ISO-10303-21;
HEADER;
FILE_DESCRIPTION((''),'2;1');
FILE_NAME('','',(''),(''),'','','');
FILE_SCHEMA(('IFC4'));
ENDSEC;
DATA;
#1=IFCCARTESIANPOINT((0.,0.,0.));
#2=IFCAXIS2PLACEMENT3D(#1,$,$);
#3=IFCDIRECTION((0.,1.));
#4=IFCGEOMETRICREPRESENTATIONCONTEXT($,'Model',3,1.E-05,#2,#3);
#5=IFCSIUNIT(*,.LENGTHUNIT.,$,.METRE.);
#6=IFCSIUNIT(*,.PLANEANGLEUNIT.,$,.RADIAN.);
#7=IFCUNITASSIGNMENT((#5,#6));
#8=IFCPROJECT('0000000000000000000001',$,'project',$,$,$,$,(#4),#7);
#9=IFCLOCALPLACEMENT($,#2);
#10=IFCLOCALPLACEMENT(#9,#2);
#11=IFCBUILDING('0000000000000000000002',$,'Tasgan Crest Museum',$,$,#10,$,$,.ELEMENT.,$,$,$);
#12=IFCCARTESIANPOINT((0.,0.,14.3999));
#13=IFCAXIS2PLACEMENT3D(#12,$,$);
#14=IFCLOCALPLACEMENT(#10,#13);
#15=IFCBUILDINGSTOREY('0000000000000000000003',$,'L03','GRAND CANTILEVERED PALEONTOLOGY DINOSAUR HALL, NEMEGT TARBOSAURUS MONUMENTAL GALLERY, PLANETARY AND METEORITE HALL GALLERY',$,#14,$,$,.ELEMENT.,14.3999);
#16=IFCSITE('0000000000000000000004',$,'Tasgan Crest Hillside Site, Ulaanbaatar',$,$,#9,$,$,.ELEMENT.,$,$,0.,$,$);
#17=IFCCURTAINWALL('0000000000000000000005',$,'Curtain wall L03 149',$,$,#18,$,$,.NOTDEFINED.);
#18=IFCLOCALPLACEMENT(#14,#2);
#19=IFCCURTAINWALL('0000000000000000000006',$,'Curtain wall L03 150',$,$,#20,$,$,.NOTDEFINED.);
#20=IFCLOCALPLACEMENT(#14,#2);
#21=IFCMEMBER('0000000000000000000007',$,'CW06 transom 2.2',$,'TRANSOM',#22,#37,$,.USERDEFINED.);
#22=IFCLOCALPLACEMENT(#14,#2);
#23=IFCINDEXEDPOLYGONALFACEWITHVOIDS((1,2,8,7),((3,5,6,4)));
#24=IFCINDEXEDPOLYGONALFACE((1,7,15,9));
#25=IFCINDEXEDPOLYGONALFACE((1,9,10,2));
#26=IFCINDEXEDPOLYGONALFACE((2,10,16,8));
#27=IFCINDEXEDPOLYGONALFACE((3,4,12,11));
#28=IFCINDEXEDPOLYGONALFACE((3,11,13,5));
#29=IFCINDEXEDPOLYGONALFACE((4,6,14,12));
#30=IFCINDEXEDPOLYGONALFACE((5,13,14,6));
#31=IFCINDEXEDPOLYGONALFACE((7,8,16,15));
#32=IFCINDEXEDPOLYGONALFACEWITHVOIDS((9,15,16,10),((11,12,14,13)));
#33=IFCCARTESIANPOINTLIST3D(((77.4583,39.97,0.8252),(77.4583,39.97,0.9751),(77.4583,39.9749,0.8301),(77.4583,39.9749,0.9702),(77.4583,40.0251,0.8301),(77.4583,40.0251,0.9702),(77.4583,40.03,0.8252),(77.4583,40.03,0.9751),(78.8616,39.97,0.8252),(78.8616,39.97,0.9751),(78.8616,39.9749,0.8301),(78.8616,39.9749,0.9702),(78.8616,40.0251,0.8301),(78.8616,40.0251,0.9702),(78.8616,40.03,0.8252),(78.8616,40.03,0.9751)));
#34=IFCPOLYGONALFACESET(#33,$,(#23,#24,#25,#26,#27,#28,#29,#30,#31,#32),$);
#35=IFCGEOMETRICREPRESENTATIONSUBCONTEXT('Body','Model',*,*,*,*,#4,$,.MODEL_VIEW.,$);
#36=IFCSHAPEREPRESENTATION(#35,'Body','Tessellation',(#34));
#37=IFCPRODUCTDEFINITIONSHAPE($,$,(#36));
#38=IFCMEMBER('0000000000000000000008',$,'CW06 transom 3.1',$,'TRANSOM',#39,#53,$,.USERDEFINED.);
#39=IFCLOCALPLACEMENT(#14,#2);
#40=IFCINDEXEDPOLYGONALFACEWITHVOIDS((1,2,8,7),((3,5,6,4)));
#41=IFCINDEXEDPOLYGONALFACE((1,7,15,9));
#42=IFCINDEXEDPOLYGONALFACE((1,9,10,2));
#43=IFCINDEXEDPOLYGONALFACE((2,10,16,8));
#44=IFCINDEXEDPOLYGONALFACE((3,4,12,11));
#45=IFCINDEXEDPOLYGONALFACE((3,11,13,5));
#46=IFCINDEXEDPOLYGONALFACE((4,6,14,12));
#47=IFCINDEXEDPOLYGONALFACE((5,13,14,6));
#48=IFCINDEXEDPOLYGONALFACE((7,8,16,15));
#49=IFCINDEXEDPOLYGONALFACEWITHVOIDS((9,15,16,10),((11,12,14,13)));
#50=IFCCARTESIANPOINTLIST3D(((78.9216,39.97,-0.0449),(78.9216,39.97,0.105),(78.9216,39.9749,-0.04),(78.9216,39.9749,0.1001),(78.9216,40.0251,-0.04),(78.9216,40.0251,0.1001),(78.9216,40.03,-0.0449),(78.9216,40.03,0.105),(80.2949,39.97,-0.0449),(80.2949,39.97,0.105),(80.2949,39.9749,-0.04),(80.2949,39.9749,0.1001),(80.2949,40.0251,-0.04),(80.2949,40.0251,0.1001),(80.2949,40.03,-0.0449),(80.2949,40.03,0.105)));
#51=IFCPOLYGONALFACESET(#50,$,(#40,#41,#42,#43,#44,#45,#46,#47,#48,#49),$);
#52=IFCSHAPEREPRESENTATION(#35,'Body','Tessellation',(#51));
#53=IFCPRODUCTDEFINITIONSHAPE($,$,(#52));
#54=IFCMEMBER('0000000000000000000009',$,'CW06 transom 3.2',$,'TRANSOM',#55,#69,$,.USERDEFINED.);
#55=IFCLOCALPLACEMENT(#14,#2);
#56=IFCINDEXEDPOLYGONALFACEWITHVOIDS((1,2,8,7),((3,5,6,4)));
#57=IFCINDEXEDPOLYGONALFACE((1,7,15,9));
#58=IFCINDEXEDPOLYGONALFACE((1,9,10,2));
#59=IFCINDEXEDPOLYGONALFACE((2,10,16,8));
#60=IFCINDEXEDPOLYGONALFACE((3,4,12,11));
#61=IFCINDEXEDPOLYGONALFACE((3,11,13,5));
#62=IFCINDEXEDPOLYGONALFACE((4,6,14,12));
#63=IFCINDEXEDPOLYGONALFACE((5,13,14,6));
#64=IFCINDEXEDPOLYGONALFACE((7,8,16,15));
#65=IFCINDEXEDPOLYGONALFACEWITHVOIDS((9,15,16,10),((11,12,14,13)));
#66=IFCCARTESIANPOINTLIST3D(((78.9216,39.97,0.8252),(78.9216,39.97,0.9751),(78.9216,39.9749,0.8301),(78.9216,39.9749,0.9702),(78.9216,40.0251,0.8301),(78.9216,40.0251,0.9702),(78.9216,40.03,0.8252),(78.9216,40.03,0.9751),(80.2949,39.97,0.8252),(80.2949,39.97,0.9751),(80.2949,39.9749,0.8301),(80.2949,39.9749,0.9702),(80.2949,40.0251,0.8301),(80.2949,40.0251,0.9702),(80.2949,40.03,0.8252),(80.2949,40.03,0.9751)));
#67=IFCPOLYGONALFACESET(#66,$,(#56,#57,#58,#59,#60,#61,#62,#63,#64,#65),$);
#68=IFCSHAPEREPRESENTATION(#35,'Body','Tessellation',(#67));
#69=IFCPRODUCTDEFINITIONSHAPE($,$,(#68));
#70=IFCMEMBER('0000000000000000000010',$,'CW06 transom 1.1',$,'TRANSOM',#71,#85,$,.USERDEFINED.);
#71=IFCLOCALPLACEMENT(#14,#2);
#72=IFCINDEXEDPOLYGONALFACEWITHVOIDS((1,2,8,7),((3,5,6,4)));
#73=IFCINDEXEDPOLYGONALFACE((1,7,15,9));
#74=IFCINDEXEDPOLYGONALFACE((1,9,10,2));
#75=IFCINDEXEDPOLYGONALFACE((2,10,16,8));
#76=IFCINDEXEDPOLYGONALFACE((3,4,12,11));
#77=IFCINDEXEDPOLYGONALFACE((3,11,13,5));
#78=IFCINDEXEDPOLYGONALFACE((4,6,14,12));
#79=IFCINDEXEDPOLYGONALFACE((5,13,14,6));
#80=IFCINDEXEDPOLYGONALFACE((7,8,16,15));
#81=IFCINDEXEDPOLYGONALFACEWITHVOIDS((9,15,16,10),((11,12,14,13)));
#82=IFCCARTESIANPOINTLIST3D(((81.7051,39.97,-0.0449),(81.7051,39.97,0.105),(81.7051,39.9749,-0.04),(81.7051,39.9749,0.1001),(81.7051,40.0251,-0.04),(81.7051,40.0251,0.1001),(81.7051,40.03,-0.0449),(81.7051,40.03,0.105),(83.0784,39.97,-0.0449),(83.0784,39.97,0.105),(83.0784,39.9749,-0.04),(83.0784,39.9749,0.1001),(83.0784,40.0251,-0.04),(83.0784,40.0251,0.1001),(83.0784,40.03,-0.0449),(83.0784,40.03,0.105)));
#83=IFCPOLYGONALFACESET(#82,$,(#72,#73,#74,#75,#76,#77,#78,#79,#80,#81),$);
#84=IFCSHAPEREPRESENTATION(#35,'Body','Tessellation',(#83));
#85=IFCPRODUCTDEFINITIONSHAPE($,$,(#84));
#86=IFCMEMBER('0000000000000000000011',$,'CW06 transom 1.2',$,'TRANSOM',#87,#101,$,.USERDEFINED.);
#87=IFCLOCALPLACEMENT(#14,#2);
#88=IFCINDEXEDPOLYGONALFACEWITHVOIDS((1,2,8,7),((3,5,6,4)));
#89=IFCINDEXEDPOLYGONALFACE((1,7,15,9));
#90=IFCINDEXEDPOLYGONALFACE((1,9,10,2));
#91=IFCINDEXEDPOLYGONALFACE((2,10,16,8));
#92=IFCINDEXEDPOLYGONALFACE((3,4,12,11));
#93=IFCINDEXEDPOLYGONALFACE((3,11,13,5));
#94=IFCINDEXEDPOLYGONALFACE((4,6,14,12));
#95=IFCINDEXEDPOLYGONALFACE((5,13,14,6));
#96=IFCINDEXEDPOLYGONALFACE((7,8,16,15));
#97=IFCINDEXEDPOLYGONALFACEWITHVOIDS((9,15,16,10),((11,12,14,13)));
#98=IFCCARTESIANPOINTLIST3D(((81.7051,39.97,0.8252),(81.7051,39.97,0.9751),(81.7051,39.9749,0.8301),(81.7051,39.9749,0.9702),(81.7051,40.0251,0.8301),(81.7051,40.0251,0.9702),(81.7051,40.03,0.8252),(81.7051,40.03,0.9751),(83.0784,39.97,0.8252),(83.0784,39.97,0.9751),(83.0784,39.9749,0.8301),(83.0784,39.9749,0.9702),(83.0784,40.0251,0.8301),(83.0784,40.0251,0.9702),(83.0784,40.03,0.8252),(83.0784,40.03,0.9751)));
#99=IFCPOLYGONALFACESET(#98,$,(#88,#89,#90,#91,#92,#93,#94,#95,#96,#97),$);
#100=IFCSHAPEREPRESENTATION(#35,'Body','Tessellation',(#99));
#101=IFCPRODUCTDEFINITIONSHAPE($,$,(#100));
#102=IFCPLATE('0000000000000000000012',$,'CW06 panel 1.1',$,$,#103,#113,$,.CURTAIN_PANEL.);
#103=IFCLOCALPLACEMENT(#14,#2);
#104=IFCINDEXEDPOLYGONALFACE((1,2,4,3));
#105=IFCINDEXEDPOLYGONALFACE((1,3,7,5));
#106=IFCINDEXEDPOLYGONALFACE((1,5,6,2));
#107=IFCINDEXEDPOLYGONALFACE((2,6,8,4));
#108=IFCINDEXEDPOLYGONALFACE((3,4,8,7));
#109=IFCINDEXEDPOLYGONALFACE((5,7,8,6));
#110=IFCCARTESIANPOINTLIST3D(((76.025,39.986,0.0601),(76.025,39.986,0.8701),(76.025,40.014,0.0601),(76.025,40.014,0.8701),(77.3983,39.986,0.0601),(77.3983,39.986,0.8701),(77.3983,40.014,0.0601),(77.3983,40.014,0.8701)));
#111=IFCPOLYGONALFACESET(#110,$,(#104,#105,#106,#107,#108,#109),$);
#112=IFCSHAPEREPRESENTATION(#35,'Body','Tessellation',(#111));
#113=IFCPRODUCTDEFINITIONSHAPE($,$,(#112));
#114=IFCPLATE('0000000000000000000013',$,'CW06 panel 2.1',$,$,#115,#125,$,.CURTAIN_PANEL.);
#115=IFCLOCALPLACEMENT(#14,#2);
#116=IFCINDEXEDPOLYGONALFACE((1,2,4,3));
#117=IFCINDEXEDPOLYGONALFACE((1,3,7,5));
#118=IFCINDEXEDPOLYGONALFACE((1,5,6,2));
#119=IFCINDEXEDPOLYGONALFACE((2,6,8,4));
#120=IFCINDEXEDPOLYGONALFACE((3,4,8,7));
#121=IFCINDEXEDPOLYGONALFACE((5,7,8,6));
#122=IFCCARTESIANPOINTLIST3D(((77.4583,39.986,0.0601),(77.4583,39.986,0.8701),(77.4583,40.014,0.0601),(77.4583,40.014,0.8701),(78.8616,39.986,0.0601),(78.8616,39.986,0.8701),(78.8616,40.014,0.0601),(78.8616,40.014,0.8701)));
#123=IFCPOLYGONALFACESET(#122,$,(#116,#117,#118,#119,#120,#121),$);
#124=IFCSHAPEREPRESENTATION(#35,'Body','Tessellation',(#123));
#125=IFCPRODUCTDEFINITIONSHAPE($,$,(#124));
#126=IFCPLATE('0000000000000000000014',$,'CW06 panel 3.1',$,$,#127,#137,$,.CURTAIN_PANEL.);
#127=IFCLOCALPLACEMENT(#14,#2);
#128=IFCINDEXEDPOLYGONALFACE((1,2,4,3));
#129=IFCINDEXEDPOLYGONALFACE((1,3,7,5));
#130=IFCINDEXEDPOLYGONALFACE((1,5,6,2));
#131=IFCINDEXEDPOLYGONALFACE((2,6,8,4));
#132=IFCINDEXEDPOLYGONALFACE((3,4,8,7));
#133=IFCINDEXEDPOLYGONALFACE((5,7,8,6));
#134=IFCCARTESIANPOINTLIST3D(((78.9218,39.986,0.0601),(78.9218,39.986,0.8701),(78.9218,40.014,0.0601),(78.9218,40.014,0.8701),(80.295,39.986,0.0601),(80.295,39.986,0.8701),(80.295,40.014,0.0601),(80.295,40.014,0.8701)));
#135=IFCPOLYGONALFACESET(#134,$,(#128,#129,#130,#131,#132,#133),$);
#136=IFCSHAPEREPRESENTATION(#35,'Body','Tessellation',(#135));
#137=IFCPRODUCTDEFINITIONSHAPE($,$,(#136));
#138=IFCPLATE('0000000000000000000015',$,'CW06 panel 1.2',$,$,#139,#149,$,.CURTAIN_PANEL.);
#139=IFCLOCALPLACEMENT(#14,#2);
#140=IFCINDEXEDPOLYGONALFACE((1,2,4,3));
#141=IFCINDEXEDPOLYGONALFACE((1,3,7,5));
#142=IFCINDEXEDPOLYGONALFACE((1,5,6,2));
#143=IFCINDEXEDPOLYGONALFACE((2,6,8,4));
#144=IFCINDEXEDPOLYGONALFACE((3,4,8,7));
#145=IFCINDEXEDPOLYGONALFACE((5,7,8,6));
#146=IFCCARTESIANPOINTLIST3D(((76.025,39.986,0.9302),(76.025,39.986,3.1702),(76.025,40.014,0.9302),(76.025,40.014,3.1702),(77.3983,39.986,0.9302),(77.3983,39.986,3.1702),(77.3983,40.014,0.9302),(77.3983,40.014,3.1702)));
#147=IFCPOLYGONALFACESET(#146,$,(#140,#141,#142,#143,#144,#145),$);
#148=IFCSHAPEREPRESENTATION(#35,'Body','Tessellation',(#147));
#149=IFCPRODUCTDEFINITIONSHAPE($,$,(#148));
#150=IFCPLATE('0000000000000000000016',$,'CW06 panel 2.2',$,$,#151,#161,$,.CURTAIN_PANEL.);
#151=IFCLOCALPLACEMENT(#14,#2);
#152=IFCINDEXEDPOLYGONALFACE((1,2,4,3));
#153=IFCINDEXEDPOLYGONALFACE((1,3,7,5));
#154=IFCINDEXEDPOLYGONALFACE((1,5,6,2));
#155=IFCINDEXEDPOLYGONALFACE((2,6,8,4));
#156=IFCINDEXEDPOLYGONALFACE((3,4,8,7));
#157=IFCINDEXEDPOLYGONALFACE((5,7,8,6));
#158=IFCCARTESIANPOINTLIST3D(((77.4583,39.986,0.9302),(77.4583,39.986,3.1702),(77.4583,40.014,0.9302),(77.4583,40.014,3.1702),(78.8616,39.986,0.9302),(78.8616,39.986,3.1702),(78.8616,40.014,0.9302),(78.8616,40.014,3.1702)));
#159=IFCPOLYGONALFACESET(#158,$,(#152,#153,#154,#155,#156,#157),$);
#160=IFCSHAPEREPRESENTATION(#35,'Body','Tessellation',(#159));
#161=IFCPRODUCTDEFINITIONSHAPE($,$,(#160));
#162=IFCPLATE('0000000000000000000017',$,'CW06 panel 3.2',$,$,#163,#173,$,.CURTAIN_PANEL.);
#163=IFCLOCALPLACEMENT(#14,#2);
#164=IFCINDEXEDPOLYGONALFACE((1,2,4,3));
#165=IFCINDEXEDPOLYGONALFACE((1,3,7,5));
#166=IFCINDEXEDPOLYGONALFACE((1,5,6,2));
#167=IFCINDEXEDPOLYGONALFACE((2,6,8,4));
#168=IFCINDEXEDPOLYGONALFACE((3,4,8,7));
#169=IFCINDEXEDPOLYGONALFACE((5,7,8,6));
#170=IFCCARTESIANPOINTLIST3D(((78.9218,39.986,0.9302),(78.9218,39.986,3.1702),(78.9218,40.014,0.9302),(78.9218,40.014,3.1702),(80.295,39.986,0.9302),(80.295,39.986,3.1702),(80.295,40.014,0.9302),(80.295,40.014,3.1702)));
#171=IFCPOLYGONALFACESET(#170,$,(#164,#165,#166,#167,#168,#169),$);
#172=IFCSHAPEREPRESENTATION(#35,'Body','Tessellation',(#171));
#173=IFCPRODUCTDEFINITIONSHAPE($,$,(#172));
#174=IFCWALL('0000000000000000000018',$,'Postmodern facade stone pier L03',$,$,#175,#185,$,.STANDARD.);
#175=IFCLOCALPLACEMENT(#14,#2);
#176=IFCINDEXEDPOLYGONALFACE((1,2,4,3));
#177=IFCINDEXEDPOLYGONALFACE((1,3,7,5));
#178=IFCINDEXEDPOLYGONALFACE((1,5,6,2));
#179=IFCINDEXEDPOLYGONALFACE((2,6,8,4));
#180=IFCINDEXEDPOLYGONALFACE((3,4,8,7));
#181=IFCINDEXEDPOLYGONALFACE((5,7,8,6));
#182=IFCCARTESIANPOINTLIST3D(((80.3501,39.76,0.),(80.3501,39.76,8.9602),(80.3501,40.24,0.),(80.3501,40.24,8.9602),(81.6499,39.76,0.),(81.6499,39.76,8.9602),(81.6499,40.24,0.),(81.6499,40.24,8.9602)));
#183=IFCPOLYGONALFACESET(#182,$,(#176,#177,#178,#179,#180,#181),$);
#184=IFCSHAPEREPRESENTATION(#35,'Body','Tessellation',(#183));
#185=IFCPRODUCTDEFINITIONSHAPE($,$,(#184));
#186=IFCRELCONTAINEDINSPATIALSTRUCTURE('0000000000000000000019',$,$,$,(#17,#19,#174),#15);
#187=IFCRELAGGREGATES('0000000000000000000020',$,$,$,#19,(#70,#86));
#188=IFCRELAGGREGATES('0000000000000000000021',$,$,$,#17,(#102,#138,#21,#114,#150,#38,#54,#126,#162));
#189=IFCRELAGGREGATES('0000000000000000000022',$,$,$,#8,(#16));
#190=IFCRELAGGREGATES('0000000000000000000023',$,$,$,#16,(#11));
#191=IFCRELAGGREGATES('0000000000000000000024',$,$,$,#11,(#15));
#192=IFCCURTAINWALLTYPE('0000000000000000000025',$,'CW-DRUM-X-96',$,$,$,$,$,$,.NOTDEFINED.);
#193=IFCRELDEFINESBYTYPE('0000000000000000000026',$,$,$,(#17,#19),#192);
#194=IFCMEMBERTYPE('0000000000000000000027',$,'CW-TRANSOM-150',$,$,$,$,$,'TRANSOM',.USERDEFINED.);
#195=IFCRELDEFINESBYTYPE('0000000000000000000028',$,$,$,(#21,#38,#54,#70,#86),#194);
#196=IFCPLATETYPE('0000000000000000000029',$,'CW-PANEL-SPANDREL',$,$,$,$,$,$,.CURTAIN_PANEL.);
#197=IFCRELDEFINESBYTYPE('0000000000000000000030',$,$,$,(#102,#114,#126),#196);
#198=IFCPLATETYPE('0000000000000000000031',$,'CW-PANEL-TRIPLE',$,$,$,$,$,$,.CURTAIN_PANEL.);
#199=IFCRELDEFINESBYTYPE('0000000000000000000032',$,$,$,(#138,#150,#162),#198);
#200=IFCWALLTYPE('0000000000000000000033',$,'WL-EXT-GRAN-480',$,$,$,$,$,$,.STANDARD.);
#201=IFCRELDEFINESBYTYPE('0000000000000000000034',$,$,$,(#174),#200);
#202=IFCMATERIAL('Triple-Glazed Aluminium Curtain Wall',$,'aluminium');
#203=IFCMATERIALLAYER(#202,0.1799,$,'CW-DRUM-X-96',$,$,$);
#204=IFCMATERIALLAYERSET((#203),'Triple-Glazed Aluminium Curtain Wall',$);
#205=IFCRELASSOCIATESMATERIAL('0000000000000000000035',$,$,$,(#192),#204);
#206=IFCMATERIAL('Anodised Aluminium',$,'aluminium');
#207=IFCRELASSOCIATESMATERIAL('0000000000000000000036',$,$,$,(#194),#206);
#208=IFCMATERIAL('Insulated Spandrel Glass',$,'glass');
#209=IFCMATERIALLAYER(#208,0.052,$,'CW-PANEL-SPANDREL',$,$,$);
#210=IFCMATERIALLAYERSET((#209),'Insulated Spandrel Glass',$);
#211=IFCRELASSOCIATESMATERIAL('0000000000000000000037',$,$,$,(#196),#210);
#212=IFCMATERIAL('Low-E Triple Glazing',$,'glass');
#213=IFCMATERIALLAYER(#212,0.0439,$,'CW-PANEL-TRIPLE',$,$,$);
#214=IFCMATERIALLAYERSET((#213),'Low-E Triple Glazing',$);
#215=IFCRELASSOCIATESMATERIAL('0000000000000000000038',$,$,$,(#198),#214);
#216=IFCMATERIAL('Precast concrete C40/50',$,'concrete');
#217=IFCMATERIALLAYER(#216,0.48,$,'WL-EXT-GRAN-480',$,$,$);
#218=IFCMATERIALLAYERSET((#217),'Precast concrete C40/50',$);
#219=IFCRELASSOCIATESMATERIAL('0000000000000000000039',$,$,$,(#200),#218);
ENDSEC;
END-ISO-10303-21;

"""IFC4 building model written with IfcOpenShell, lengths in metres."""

from ifc_helpers import new_model, si_unit, direction, frame, frame_2d, origin, origin_2d, place, context, subcontext, project, spatial, rectangle, hollow_rectangle, extrude, material, layer, layer_set, material_profile, profile_set, type_object, element, aggregate, save


model = new_model("IFC4")

# Units and contexts
model_context = context("Model", 3, precision=1e-05, world=origin(), true_north=direction((0.0, 1.0)))
body_context = subcontext(model_context, "Body", "Model", "MODEL_VIEW")
ifc_project = project(units=[si_unit("LENGTHUNIT", "METRE"), si_unit("PLANEANGLEUNIT", "RADIAN")], contexts=[model_context])

# Site, building, storey
site_placement = place(None, origin())
site = spatial("IfcSite", under=ifc_project, at=site_placement, Name="Tasgan Crest Hillside Site, Ulaanbaatar", CompositionType="ELEMENT", RefElevation=0.0)
building_placement = place(site_placement, origin())
building = spatial("IfcBuilding", under=site, at=building_placement, Name="Tasgan Crest Museum", CompositionType="ELEMENT")
storey_placement = place(building_placement, frame((0.0, 0.0, 14.3999)))
storey = spatial("IfcBuildingStorey", under=building, at=storey_placement, Name="L03", Description="GRAND CANTILEVERED PALEONTOLOGY DINOSAUR HALL, NEMEGT TARBOSAURUS MONUMENTAL GALLERY, PLANETARY AND METEORITE HALL GALLERY", CompositionType="ELEMENT", Elevation=14.3999)

# Curtain wall
ifc_material_1 = material(Name="Triple-Glazed Aluminium Curtain Wall", Category="aluminium")
ifc_layer_1 = layer(ifc_material_1, 0.1799, Name="CW-DRUM-X-96")
ifc_layer_set_1 = layer_set([ifc_layer_1], Name="Triple-Glazed Aluminium Curtain Wall")
curtain_wall_type = type_object("IfcCurtainWallType", Name="CW-DRUM-X-96", PredefinedType="NOTDEFINED", material=ifc_layer_set_1)
curtain_wall_1_placement = place(storey_placement, origin())
curtain_wall_1 = element("IfcCurtainWall", 1, at=curtain_wall_1_placement, inside=storey, type_object=curtain_wall_type, Name="Curtain wall L03 149", PredefinedType="NOTDEFINED")

# Curtain wall
curtain_wall_2_placement = place(storey_placement, origin())
curtain_wall_2 = element("IfcCurtainWall", 2, at=curtain_wall_2_placement, inside=storey, type_object=curtain_wall_type, Name="Curtain wall L03 150", PredefinedType="NOTDEFINED")

# Members
ifc_material_2 = material(Name="Anodised Aluminium", Category="aluminium")
ifc_material_profile_1 = material_profile(ifc_material_2, hollow_rectangle(XDim=0.0601, YDim=0.1499, WallThickness=0.0049, at=origin_2d()), Name="ALU TRANSOM 150x60x5")
ifc_profile_set_1 = profile_set([ifc_material_profile_1], Name="Anodised Aluminium")
member_type_1 = type_object("IfcMemberType", Name="CW-TRANSOM-150", ElementType="TRANSOM", PredefinedType="USERDEFINED", material=ifc_profile_set_1)
member_1_placement = place(storey_placement, frame((77.4583, 40.0, 0.9001), z_axis=(1.0, 0.0, 0.0), x_axis=(0.0, 1.0, 0.0)))
member_1 = element("IfcMember", 3, at=member_1_placement, type_object=member_type_1, Name="CW06 transom 2.2", ObjectType="TRANSOM", PredefinedType="USERDEFINED", context=body_context, shape_type="SweptSolid", body=[
    extrude(hollow_rectangle(XDim=0.0601, YDim=0.1499, WallThickness=0.0049, at=origin_2d()), origin(), (0.0, 0.0, 1.0), 1.4033),
])
member_2_placement = place(storey_placement, frame((78.9216, 40.0, 0.03), z_axis=(1.0, 0.0, 0.0), x_axis=(0.0, 1.0, 0.0)))
member_2 = element("IfcMember", 4, at=member_2_placement, type_object=member_type_1, Name="CW06 transom 3.1", ObjectType="TRANSOM", PredefinedType="USERDEFINED", context=body_context, shape_type="SweptSolid", body=[
    extrude(hollow_rectangle(XDim=0.0601, YDim=0.1499, WallThickness=0.0049, at=origin_2d()), origin(), (0.0, 0.0, 1.0), 1.3733),
])
member_3_placement = place(storey_placement, frame((78.9216, 40.0, 0.9001), z_axis=(1.0, 0.0, 0.0), x_axis=(0.0, 1.0, 0.0)))
member_3 = element("IfcMember", 5, at=member_3_placement, type_object=member_type_1, Name="CW06 transom 3.2", ObjectType="TRANSOM", PredefinedType="USERDEFINED", context=body_context, shape_type="SweptSolid", body=[
    extrude(hollow_rectangle(XDim=0.0601, YDim=0.1499, WallThickness=0.0049, at=origin_2d()), origin(), (0.0, 0.0, 1.0), 1.3733),
])
member_4_placement = place(storey_placement, frame((81.7051, 40.0, 0.03), z_axis=(1.0, 0.0, 0.0), x_axis=(0.0, 1.0, 0.0)))
member_4 = element("IfcMember", 6, at=member_4_placement, type_object=member_type_1, Name="CW06 transom 1.1", ObjectType="TRANSOM", PredefinedType="USERDEFINED", context=body_context, shape_type="SweptSolid", body=[
    extrude(hollow_rectangle(XDim=0.0601, YDim=0.1499, WallThickness=0.0049, at=origin_2d()), origin(), (0.0, 0.0, 1.0), 1.3733),
])
member_5_placement = place(storey_placement, frame((81.7051, 40.0, 0.9001), z_axis=(1.0, 0.0, 0.0), x_axis=(0.0, 1.0, 0.0)))
member_5 = element("IfcMember", 7, at=member_5_placement, type_object=member_type_1, Name="CW06 transom 1.2", ObjectType="TRANSOM", PredefinedType="USERDEFINED", context=body_context, shape_type="SweptSolid", body=[
    extrude(hollow_rectangle(XDim=0.0601, YDim=0.1499, WallThickness=0.0049, at=origin_2d()), origin(), (0.0, 0.0, 1.0), 1.3733),
])
aggregate(curtain_wall_2, [member_4, member_5])

# Plates
ifc_material_3 = material(Name="Insulated Spandrel Glass", Category="glass")
ifc_layer_2 = layer(ifc_material_3, 0.052, Name="CW-PANEL-SPANDREL")
ifc_layer_set_2 = layer_set([ifc_layer_2], Name="Insulated Spandrel Glass")
plate_type_1 = type_object("IfcPlateType", Name="CW-PANEL-SPANDREL", PredefinedType="CURTAIN_PANEL", material=ifc_layer_set_2)
plate_1_placement = place(storey_placement, frame((76.7117, 40.0, 0.0601), z_axis=(0.0, 0.0, 1.0), x_axis=(1.0, 0.0, 0.0)))
plate_1 = element("IfcPlate", 8, at=plate_1_placement, type_object=plate_type_1, Name="CW06 panel 1.1", PredefinedType="CURTAIN_PANEL", context=body_context, shape_type="SweptSolid", body=[
    extrude(rectangle(XDim=1.3733, YDim=0.0281, at=origin_2d()), origin(), (0.0, 0.0, 1.0), 0.8101),
])
plate_2_placement = place(storey_placement, frame((78.1599, 40.0, 0.0601), z_axis=(0.0, 0.0, 1.0), x_axis=(1.0, 0.0, 0.0)))
plate_2 = element("IfcPlate", 9, at=plate_2_placement, type_object=plate_type_1, Name="CW06 panel 2.1", PredefinedType="CURTAIN_PANEL", context=body_context, shape_type="SweptSolid", body=[
    extrude(rectangle(XDim=1.4033, YDim=0.0281, at=origin_2d()), origin(), (0.0, 0.0, 1.0), 0.8101),
])
plate_3_placement = place(storey_placement, frame((79.6084, 40.0, 0.0601), z_axis=(0.0, 0.0, 1.0), x_axis=(1.0, 0.0, 0.0)))
plate_3 = element("IfcPlate", 10, at=plate_3_placement, type_object=plate_type_1, Name="CW06 panel 3.1", PredefinedType="CURTAIN_PANEL", context=body_context, shape_type="SweptSolid", body=[
    extrude(rectangle(XDim=1.3733, YDim=0.0281, at=origin_2d()), origin(), (0.0, 0.0, 1.0), 0.8101),
])
ifc_material_4 = material(Name="Low-E Triple Glazing", Category="glass")
ifc_layer_3 = layer(ifc_material_4, 0.0439, Name="CW-PANEL-TRIPLE")
ifc_layer_set_3 = layer_set([ifc_layer_3], Name="Low-E Triple Glazing")
plate_type_2 = type_object("IfcPlateType", Name="CW-PANEL-TRIPLE", PredefinedType="CURTAIN_PANEL", material=ifc_layer_set_3)
plate_4_placement = place(storey_placement, frame((76.7117, 40.0, 0.9302), z_axis=(0.0, 0.0, 1.0), x_axis=(1.0, 0.0, 0.0)))
plate_4 = element("IfcPlate", 11, at=plate_4_placement, type_object=plate_type_2, Name="CW06 panel 1.2", PredefinedType="CURTAIN_PANEL", context=body_context, shape_type="SweptSolid", body=[
    extrude(rectangle(XDim=1.3733, YDim=0.0281, at=origin_2d()), origin(), (0.0, 0.0, 1.0), 2.24),
])
plate_5_placement = place(storey_placement, frame((78.1599, 40.0, 0.9302), z_axis=(0.0, 0.0, 1.0), x_axis=(1.0, 0.0, 0.0)))
plate_5 = element("IfcPlate", 12, at=plate_5_placement, type_object=plate_type_2, Name="CW06 panel 2.2", PredefinedType="CURTAIN_PANEL", context=body_context, shape_type="SweptSolid", body=[
    extrude(rectangle(XDim=1.4033, YDim=0.0281, at=origin_2d()), origin(), (0.0, 0.0, 1.0), 2.24),
])
plate_6_placement = place(storey_placement, frame((79.6084, 40.0, 0.9302), z_axis=(0.0, 0.0, 1.0), x_axis=(1.0, 0.0, 0.0)))
plate_6 = element("IfcPlate", 13, at=plate_6_placement, type_object=plate_type_2, Name="CW06 panel 3.2", PredefinedType="CURTAIN_PANEL", context=body_context, shape_type="SweptSolid", body=[
    extrude(rectangle(XDim=1.3733, YDim=0.0281, at=origin_2d()), origin(), (0.0, 0.0, 1.0), 2.24),
])
aggregate(curtain_wall_1, [plate_1, plate_4, member_1, plate_2, plate_5, member_2, member_3, plate_3, plate_6])

# Wall
ifc_material_5 = material(Name="Precast concrete C40/50", Category="concrete")
ifc_layer_4 = layer(ifc_material_5, 0.48, Name="WL-EXT-GRAN-480")
ifc_layer_set_4 = layer_set([ifc_layer_4], Name="Precast concrete C40/50")
wall_type = type_object("IfcWallType", Name="WL-EXT-GRAN-480", PredefinedType="STANDARD", material=ifc_layer_set_4)
wall_placement = place(storey_placement, frame((80.3501, 40.0, 0.0), z_axis=(0.0, 0.0, 1.0), x_axis=(1.0, 0.0, 0.0)))
element("IfcWall", 14, at=wall_placement, inside=storey, type_object=wall_type, Name="Postmodern facade stone pier L03", PredefinedType="STANDARD", context=body_context, shape_type="SweptSolid", body=[
    extrude(rectangle(XDim=1.2998, YDim=0.48, at=frame_2d((0.6499, 0.0))), origin(), (0.0, 0.0, 1.0), 8.9602),
])

save(model, "model.ifc")
